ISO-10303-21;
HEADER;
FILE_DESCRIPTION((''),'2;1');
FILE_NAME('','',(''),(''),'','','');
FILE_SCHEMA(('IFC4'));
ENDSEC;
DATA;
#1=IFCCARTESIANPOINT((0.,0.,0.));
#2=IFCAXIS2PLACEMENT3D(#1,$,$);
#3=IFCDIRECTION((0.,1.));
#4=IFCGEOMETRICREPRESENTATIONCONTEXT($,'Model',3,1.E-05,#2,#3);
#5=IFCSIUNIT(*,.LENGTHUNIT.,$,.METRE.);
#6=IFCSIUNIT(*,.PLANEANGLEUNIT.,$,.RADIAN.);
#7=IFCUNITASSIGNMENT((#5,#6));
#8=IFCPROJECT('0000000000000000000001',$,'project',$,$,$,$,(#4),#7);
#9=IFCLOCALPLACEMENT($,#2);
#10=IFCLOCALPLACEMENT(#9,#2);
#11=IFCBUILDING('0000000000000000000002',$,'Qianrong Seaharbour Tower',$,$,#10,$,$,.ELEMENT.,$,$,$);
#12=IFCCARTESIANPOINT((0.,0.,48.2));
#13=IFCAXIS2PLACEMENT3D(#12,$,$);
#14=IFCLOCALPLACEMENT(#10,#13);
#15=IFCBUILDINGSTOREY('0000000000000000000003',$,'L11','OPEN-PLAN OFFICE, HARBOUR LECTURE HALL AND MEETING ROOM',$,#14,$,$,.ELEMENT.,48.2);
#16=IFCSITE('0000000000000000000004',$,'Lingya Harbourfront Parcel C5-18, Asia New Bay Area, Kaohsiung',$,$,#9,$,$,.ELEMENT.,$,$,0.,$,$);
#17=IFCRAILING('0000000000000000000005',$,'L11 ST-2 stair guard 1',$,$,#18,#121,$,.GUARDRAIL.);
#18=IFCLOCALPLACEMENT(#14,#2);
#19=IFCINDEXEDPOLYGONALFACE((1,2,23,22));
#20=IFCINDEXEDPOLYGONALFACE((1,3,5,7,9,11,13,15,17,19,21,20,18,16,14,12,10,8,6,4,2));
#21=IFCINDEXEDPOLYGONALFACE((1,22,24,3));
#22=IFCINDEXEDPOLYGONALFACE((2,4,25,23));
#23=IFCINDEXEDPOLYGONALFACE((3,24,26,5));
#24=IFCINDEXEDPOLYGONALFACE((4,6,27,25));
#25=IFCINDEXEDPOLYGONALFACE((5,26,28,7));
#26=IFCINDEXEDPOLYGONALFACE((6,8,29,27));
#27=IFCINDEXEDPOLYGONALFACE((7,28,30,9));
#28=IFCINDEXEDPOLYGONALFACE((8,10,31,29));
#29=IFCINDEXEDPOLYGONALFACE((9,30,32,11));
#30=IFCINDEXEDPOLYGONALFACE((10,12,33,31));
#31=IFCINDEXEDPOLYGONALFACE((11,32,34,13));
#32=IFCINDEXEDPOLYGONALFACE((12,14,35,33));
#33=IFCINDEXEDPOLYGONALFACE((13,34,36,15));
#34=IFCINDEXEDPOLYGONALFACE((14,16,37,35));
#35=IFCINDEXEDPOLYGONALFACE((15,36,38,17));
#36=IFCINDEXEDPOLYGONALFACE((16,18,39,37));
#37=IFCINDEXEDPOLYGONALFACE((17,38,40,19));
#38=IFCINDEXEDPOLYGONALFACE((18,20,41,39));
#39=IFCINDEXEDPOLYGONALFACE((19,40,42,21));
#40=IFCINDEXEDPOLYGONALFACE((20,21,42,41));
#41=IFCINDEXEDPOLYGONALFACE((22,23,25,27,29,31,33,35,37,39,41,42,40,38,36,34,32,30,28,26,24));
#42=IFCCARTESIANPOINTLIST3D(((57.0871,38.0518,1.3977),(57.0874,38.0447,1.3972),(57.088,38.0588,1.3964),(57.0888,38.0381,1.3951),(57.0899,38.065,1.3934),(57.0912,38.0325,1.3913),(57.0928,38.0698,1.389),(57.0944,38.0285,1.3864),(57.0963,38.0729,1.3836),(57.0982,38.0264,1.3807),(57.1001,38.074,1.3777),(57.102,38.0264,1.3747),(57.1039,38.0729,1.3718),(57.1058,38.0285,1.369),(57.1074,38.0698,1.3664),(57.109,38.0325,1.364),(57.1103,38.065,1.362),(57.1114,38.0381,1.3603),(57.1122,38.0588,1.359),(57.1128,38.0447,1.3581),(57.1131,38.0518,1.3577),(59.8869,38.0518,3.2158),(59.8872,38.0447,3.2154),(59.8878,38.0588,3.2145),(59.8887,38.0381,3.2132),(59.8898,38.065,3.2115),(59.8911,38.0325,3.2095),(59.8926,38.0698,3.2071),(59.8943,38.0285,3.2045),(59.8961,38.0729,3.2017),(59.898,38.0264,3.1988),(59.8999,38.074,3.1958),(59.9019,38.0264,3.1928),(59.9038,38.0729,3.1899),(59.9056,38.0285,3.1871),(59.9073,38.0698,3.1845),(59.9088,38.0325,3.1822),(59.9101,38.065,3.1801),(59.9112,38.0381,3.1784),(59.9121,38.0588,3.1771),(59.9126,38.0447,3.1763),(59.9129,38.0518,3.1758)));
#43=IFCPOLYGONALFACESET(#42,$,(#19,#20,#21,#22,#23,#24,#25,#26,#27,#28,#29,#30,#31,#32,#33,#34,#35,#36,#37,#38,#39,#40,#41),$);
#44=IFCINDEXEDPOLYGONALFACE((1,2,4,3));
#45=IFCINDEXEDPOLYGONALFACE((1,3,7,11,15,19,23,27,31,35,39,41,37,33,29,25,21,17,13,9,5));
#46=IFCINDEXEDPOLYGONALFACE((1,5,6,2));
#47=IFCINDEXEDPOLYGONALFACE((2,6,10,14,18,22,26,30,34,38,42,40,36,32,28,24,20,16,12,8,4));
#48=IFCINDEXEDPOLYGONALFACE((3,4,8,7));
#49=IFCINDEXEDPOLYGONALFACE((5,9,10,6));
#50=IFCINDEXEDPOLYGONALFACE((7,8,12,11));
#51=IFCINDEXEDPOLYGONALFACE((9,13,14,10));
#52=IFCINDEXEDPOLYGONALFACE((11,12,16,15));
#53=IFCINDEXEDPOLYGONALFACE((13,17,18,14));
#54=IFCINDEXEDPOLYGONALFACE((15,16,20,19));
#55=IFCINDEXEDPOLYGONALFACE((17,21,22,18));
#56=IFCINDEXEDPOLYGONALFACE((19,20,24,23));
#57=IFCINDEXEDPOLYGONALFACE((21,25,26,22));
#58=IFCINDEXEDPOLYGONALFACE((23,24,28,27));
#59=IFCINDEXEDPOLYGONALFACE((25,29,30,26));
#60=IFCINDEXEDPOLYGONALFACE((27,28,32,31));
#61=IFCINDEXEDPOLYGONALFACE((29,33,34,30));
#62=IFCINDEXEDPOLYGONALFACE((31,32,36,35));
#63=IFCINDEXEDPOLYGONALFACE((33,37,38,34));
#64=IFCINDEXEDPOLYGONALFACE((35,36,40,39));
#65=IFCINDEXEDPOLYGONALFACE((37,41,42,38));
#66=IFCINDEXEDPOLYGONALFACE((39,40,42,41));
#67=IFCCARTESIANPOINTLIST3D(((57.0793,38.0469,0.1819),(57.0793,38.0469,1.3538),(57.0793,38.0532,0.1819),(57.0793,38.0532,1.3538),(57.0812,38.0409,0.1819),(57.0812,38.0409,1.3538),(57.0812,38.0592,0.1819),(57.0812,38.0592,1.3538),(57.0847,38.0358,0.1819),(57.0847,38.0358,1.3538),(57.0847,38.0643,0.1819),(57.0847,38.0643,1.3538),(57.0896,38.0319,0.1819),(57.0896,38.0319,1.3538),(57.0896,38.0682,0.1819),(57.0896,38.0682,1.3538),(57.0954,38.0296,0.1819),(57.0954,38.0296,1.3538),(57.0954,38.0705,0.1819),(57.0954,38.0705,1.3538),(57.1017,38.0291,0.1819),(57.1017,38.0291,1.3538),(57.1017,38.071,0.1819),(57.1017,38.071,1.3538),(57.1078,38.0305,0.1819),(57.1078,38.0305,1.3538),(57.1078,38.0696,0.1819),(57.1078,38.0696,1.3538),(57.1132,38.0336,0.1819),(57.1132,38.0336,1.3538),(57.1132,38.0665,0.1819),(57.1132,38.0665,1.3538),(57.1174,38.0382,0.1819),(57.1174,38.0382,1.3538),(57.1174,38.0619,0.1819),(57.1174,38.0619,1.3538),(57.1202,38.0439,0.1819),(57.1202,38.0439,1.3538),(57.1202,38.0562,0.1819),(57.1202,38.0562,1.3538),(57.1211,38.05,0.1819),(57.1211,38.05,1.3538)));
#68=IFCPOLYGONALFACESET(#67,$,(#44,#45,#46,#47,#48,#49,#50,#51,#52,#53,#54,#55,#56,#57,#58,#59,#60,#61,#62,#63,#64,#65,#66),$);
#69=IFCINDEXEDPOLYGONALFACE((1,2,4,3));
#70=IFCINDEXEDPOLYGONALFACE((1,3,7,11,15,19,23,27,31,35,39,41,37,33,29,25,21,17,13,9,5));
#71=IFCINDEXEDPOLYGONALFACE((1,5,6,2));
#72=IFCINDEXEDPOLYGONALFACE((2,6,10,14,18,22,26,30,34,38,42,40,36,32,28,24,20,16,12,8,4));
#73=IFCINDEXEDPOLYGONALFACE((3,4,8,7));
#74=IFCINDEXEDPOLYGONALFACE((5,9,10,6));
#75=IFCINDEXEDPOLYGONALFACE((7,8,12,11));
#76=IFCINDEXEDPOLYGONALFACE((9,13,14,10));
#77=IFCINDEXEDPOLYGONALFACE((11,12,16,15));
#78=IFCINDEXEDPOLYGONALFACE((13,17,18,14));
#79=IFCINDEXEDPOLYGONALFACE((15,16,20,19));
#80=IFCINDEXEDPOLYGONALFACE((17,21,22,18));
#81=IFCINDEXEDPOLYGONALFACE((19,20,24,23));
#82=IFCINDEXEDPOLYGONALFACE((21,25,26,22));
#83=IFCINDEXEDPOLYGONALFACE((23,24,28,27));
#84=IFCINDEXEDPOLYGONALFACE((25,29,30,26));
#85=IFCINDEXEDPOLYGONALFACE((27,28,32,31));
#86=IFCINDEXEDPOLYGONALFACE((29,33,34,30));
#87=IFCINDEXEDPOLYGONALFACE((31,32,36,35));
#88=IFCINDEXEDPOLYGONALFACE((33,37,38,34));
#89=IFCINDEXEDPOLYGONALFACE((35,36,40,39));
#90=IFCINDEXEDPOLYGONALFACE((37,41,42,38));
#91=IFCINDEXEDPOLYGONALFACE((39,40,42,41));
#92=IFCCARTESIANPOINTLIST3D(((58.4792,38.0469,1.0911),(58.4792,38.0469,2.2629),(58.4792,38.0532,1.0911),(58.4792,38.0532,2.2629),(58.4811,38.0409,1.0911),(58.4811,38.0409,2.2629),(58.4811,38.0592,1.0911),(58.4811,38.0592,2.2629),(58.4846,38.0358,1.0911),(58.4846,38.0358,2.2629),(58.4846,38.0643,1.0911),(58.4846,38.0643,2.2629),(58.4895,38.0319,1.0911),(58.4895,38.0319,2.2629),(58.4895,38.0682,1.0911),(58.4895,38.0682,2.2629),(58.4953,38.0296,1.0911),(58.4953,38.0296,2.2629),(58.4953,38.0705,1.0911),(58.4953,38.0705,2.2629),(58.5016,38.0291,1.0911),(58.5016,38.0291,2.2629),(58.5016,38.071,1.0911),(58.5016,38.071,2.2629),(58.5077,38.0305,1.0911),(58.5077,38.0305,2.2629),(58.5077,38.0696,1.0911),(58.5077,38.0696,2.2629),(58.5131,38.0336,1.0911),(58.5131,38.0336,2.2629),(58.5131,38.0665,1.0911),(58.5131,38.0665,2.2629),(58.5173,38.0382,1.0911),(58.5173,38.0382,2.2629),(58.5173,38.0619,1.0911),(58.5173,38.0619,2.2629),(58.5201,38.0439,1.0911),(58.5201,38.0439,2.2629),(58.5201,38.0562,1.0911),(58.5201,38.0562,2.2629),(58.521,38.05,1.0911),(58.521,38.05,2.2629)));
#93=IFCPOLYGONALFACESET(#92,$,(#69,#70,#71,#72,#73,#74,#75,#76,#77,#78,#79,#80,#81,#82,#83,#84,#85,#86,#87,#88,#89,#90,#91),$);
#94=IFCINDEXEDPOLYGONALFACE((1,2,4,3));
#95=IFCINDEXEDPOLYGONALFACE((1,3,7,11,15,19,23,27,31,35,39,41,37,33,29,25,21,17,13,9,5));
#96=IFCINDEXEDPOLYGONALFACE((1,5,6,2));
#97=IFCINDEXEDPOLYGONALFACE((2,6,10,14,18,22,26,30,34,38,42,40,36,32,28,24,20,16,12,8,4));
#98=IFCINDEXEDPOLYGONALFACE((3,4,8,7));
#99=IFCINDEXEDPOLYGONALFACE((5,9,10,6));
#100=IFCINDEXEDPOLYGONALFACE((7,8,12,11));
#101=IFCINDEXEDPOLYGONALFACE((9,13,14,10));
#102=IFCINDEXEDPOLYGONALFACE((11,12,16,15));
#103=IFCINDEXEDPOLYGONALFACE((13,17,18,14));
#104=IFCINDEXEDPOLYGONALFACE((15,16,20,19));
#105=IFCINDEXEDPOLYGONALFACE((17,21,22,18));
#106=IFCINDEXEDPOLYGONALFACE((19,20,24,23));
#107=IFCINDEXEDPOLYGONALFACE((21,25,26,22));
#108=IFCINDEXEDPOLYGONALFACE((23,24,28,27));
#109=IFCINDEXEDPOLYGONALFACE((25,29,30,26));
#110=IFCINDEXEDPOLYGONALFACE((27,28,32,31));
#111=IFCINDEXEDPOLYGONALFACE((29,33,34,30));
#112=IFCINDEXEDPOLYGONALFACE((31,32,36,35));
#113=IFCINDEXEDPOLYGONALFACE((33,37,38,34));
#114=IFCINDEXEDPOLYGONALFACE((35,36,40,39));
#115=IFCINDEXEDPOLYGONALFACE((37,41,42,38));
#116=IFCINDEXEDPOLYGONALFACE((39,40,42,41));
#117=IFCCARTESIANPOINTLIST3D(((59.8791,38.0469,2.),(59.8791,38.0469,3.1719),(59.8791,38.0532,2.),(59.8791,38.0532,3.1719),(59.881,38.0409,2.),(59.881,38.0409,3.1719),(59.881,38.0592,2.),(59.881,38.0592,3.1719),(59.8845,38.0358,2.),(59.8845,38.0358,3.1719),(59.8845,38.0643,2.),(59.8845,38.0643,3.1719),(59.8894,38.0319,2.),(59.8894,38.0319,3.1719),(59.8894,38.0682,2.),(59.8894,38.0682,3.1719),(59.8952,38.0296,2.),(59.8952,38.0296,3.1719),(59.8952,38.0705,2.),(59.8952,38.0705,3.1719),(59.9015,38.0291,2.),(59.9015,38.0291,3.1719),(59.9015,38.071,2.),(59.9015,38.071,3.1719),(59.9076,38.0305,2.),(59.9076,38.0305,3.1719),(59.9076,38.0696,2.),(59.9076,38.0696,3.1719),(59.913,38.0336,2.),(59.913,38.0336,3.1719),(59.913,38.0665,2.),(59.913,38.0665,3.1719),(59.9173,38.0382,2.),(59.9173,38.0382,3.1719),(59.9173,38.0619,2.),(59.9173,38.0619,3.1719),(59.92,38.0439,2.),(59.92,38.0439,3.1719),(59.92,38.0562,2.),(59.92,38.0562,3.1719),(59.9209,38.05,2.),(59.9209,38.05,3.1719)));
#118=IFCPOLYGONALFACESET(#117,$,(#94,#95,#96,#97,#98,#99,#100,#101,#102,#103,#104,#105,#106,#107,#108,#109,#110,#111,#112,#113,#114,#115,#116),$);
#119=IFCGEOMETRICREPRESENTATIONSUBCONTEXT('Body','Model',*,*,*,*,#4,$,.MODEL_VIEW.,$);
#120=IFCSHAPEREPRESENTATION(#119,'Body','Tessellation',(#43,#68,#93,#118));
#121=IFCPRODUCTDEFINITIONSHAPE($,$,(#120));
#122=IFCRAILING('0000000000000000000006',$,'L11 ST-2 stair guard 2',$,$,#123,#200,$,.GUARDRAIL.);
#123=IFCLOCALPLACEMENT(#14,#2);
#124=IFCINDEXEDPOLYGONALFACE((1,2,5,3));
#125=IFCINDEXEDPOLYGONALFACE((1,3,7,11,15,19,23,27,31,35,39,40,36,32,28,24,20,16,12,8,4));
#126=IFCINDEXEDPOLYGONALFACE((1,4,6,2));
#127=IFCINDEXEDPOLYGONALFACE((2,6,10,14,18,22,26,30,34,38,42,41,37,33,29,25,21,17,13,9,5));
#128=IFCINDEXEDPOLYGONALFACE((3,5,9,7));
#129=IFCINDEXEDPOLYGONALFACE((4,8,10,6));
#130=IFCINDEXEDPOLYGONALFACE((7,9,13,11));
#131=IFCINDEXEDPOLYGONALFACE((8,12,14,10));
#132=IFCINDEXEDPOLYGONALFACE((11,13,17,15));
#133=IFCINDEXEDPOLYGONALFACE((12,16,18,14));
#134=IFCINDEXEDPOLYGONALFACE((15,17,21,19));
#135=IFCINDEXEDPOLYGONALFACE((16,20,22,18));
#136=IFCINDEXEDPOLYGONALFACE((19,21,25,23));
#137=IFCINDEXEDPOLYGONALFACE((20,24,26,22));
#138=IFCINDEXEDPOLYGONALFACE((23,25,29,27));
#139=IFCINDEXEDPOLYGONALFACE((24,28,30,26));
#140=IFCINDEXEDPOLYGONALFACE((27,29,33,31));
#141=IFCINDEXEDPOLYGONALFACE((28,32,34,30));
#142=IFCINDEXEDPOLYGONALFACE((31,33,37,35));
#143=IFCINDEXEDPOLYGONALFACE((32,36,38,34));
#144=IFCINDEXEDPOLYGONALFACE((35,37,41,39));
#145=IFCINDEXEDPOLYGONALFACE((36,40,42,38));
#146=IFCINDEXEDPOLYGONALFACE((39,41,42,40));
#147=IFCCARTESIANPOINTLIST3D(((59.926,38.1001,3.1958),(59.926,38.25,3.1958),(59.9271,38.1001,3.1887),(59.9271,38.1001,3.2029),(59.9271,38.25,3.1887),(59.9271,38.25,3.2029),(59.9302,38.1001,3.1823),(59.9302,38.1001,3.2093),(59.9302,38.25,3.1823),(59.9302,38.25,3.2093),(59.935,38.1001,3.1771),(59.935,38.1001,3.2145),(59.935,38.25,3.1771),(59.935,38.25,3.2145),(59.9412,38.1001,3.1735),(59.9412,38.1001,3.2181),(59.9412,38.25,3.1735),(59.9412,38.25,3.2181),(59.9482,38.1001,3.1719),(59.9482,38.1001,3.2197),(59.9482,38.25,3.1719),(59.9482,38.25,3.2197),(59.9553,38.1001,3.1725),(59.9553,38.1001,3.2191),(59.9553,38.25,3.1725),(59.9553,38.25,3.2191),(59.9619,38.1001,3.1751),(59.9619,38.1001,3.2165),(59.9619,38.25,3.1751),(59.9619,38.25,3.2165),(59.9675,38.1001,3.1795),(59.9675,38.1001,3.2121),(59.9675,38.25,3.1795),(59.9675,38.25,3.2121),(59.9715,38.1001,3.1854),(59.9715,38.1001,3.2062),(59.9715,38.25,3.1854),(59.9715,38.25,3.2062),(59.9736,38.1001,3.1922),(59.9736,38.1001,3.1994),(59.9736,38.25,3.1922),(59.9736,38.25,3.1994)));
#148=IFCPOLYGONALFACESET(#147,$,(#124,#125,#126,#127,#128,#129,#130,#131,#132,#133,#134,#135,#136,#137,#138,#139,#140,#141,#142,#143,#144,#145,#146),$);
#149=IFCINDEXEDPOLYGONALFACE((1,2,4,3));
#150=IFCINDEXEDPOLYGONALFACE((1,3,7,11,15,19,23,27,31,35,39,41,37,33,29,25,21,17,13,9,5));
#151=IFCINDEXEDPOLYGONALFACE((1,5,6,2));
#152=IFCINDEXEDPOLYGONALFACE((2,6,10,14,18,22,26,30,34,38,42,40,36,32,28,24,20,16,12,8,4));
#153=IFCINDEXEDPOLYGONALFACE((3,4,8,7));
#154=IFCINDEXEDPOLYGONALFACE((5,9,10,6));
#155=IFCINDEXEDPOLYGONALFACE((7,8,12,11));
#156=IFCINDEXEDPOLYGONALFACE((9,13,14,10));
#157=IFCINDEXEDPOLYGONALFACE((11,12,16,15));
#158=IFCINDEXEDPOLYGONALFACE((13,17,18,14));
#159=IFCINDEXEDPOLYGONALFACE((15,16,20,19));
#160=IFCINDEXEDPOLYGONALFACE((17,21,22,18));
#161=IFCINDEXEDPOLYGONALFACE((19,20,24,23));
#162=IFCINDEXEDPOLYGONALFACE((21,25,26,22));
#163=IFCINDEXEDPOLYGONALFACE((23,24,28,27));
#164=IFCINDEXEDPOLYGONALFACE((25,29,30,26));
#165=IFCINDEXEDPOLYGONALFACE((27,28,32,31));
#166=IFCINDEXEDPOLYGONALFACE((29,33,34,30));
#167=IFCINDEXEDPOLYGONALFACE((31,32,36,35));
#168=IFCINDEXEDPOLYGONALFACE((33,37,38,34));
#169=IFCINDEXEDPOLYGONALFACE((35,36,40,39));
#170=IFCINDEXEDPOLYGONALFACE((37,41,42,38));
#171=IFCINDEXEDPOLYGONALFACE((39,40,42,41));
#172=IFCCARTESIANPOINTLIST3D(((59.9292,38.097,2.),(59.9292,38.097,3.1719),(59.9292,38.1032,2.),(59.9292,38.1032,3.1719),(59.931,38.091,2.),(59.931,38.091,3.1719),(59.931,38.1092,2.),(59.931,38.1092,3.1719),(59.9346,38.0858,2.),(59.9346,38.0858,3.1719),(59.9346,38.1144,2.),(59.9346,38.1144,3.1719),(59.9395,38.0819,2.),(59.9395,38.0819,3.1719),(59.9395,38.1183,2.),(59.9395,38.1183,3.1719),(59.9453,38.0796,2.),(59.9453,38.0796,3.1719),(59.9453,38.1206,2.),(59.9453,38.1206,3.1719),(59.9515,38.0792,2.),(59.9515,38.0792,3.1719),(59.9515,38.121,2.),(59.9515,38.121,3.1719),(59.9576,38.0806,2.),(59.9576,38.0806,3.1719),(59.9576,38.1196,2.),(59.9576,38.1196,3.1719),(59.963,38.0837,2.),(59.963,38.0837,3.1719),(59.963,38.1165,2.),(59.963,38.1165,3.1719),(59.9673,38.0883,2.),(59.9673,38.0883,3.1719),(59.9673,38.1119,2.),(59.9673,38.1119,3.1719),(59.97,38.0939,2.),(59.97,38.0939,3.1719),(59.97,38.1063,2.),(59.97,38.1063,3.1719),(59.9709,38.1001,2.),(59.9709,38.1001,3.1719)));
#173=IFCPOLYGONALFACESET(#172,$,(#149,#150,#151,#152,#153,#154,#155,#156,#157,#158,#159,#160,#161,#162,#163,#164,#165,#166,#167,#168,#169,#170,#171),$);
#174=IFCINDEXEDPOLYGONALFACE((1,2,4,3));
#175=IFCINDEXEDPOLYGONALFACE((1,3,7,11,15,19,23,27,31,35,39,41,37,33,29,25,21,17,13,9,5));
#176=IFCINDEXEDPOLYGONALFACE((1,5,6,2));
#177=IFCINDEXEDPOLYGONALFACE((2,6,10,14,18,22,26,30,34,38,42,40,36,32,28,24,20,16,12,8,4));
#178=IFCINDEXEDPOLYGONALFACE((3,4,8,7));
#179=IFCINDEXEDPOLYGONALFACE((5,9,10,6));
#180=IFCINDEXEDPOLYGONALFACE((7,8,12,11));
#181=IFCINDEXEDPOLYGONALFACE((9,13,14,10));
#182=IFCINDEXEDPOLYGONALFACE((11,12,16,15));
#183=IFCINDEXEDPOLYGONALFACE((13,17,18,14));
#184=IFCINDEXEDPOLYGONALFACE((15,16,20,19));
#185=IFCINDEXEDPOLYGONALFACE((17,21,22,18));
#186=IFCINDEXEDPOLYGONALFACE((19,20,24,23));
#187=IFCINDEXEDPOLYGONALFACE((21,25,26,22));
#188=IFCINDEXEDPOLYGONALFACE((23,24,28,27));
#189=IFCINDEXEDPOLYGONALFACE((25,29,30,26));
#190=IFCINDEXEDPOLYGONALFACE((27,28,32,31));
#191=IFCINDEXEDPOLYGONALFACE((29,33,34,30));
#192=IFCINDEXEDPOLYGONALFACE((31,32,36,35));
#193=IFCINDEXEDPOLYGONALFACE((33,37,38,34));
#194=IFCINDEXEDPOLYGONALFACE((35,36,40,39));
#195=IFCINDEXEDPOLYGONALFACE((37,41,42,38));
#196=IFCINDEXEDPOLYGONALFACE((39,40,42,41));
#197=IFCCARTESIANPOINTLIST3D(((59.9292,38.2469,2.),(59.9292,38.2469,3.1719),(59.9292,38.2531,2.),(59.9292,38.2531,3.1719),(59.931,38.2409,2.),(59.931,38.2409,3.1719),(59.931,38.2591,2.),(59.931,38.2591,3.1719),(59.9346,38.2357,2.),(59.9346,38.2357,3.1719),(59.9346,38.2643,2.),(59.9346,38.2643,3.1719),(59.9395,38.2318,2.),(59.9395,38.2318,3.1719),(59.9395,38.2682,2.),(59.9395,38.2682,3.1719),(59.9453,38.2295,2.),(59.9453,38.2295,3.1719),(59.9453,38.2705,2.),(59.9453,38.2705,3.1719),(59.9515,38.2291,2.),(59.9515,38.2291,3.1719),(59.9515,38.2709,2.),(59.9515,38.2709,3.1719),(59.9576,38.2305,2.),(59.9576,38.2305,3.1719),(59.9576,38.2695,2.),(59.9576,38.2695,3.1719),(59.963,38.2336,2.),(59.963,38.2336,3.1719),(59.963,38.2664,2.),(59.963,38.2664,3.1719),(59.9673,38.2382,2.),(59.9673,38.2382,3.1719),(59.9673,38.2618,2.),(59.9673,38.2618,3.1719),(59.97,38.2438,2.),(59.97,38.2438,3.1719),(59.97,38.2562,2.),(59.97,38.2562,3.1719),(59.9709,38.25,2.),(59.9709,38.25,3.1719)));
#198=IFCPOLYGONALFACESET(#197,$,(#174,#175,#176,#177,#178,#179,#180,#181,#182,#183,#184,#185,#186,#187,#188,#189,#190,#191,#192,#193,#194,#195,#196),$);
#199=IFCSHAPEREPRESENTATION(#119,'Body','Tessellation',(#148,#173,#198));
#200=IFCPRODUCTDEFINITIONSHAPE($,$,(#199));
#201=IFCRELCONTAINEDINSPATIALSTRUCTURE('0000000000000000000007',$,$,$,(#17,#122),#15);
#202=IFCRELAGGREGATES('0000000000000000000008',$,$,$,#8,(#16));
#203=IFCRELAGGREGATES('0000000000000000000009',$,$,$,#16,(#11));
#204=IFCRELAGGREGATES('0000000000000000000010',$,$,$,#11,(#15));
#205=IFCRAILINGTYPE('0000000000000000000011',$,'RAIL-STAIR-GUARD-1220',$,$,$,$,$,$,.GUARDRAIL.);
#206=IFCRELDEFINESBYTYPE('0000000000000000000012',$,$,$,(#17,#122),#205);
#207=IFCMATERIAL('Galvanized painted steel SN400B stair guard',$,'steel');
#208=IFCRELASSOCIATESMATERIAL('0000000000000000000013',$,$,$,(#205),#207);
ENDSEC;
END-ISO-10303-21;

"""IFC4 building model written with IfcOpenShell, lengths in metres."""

from ifc_helpers import new_model, si_unit, direction, frame, origin, origin_2d, place, context, subcontext, project, spatial, circle, extrude, material, type_object, element, save


model = new_model("IFC4")

# Units and contexts
model_context = context("Model", 3, precision=1e-05, world=origin(), true_north=direction((0.0, 1.0)))
body_context = subcontext(model_context, "Body", "Model", "MODEL_VIEW")
ifc_project = project(units=[si_unit("LENGTHUNIT", "METRE"), si_unit("PLANEANGLEUNIT", "RADIAN")], contexts=[model_context])

# Site, building, storey
site_placement = place(None, origin())
site = spatial("IfcSite", under=ifc_project, at=site_placement, Name="Lingya Harbourfront Parcel C5-18, Asia New Bay Area, Kaohsiung", CompositionType="ELEMENT", RefElevation=0.0)
building_placement = place(site_placement, origin())
building = spatial("IfcBuilding", under=site, at=building_placement, Name="Qianrong Seaharbour Tower", CompositionType="ELEMENT")
storey_placement = place(building_placement, frame((0.0, 0.0, 48.2)))
storey = spatial("IfcBuildingStorey", under=building, at=storey_placement, Name="L11", Description="OPEN-PLAN OFFICE, HARBOUR LECTURE HALL AND MEETING ROOM", CompositionType="ELEMENT", Elevation=48.2)

# Railings
ifc_material_1 = material(Name="Galvanized painted steel SN400B stair guard", Category="steel")
railing_type_1 = type_object("IfcRailingType", Name="RAIL-STAIR-GUARD-1220", PredefinedType="GUARDRAIL", material=ifc_material_1)
railing_1_placement = place(storey_placement, frame((57.1001, 38.05, 0.1819)))
element("IfcRailing", 1, at=railing_1_placement, inside=storey, type_object=railing_type_1, Name="L11 ST-2 stair guard 1", PredefinedType="GUARDRAIL", context=body_context, shape_type="SweptSolid", body=[
    extrude(circle(Radius=0.0239, at=origin_2d()), frame((0.0, 0.0, 1.1958), z_axis=(0.838684, 0.0, 0.544618), x_axis=(0.0, 1.0, 0.0)), (0.0, 0.0, 1.0), 3.3384),
    extrude(circle(Radius=0.021, at=origin_2d()), origin(), (0.0, 0.0, 1.0), 1.1719),
    extrude(circle(Radius=0.021, at=origin_2d()), frame((1.3999, 0.0, 0.9092)), (0.0, 0.0, 1.0), 1.1719),
    extrude(circle(Radius=0.021, at=origin_2d()), frame((2.7998, 0.0, 1.8181)), (0.0, 0.0, 1.0), 1.1719),
])
railing_2_placement = place(storey_placement, frame((59.95, 38.1001, 2.0)))
element("IfcRailing", 2, at=railing_2_placement, inside=storey, type_object=railing_type_1, Name="L11 ST-2 stair guard 2", PredefinedType="GUARDRAIL", context=body_context, shape_type="SweptSolid", body=[
    extrude(circle(Radius=0.0239, at=origin_2d()), frame((0.0, 0.0, 1.1958), z_axis=(0.0, 1.0, 0.0), x_axis=(-1.0, 0.0, 0.0)), (0.0, 0.0, 1.0), 0.1499),
    extrude(circle(Radius=0.021, at=origin_2d()), origin(), (0.0, 0.0, 1.0), 1.1719),
    extrude(circle(Radius=0.021, at=origin_2d()), frame((0.0, 0.1499, 0.0)), (0.0, 0.0, 1.0), 1.1719),
])

save(model, "model.ifc")
